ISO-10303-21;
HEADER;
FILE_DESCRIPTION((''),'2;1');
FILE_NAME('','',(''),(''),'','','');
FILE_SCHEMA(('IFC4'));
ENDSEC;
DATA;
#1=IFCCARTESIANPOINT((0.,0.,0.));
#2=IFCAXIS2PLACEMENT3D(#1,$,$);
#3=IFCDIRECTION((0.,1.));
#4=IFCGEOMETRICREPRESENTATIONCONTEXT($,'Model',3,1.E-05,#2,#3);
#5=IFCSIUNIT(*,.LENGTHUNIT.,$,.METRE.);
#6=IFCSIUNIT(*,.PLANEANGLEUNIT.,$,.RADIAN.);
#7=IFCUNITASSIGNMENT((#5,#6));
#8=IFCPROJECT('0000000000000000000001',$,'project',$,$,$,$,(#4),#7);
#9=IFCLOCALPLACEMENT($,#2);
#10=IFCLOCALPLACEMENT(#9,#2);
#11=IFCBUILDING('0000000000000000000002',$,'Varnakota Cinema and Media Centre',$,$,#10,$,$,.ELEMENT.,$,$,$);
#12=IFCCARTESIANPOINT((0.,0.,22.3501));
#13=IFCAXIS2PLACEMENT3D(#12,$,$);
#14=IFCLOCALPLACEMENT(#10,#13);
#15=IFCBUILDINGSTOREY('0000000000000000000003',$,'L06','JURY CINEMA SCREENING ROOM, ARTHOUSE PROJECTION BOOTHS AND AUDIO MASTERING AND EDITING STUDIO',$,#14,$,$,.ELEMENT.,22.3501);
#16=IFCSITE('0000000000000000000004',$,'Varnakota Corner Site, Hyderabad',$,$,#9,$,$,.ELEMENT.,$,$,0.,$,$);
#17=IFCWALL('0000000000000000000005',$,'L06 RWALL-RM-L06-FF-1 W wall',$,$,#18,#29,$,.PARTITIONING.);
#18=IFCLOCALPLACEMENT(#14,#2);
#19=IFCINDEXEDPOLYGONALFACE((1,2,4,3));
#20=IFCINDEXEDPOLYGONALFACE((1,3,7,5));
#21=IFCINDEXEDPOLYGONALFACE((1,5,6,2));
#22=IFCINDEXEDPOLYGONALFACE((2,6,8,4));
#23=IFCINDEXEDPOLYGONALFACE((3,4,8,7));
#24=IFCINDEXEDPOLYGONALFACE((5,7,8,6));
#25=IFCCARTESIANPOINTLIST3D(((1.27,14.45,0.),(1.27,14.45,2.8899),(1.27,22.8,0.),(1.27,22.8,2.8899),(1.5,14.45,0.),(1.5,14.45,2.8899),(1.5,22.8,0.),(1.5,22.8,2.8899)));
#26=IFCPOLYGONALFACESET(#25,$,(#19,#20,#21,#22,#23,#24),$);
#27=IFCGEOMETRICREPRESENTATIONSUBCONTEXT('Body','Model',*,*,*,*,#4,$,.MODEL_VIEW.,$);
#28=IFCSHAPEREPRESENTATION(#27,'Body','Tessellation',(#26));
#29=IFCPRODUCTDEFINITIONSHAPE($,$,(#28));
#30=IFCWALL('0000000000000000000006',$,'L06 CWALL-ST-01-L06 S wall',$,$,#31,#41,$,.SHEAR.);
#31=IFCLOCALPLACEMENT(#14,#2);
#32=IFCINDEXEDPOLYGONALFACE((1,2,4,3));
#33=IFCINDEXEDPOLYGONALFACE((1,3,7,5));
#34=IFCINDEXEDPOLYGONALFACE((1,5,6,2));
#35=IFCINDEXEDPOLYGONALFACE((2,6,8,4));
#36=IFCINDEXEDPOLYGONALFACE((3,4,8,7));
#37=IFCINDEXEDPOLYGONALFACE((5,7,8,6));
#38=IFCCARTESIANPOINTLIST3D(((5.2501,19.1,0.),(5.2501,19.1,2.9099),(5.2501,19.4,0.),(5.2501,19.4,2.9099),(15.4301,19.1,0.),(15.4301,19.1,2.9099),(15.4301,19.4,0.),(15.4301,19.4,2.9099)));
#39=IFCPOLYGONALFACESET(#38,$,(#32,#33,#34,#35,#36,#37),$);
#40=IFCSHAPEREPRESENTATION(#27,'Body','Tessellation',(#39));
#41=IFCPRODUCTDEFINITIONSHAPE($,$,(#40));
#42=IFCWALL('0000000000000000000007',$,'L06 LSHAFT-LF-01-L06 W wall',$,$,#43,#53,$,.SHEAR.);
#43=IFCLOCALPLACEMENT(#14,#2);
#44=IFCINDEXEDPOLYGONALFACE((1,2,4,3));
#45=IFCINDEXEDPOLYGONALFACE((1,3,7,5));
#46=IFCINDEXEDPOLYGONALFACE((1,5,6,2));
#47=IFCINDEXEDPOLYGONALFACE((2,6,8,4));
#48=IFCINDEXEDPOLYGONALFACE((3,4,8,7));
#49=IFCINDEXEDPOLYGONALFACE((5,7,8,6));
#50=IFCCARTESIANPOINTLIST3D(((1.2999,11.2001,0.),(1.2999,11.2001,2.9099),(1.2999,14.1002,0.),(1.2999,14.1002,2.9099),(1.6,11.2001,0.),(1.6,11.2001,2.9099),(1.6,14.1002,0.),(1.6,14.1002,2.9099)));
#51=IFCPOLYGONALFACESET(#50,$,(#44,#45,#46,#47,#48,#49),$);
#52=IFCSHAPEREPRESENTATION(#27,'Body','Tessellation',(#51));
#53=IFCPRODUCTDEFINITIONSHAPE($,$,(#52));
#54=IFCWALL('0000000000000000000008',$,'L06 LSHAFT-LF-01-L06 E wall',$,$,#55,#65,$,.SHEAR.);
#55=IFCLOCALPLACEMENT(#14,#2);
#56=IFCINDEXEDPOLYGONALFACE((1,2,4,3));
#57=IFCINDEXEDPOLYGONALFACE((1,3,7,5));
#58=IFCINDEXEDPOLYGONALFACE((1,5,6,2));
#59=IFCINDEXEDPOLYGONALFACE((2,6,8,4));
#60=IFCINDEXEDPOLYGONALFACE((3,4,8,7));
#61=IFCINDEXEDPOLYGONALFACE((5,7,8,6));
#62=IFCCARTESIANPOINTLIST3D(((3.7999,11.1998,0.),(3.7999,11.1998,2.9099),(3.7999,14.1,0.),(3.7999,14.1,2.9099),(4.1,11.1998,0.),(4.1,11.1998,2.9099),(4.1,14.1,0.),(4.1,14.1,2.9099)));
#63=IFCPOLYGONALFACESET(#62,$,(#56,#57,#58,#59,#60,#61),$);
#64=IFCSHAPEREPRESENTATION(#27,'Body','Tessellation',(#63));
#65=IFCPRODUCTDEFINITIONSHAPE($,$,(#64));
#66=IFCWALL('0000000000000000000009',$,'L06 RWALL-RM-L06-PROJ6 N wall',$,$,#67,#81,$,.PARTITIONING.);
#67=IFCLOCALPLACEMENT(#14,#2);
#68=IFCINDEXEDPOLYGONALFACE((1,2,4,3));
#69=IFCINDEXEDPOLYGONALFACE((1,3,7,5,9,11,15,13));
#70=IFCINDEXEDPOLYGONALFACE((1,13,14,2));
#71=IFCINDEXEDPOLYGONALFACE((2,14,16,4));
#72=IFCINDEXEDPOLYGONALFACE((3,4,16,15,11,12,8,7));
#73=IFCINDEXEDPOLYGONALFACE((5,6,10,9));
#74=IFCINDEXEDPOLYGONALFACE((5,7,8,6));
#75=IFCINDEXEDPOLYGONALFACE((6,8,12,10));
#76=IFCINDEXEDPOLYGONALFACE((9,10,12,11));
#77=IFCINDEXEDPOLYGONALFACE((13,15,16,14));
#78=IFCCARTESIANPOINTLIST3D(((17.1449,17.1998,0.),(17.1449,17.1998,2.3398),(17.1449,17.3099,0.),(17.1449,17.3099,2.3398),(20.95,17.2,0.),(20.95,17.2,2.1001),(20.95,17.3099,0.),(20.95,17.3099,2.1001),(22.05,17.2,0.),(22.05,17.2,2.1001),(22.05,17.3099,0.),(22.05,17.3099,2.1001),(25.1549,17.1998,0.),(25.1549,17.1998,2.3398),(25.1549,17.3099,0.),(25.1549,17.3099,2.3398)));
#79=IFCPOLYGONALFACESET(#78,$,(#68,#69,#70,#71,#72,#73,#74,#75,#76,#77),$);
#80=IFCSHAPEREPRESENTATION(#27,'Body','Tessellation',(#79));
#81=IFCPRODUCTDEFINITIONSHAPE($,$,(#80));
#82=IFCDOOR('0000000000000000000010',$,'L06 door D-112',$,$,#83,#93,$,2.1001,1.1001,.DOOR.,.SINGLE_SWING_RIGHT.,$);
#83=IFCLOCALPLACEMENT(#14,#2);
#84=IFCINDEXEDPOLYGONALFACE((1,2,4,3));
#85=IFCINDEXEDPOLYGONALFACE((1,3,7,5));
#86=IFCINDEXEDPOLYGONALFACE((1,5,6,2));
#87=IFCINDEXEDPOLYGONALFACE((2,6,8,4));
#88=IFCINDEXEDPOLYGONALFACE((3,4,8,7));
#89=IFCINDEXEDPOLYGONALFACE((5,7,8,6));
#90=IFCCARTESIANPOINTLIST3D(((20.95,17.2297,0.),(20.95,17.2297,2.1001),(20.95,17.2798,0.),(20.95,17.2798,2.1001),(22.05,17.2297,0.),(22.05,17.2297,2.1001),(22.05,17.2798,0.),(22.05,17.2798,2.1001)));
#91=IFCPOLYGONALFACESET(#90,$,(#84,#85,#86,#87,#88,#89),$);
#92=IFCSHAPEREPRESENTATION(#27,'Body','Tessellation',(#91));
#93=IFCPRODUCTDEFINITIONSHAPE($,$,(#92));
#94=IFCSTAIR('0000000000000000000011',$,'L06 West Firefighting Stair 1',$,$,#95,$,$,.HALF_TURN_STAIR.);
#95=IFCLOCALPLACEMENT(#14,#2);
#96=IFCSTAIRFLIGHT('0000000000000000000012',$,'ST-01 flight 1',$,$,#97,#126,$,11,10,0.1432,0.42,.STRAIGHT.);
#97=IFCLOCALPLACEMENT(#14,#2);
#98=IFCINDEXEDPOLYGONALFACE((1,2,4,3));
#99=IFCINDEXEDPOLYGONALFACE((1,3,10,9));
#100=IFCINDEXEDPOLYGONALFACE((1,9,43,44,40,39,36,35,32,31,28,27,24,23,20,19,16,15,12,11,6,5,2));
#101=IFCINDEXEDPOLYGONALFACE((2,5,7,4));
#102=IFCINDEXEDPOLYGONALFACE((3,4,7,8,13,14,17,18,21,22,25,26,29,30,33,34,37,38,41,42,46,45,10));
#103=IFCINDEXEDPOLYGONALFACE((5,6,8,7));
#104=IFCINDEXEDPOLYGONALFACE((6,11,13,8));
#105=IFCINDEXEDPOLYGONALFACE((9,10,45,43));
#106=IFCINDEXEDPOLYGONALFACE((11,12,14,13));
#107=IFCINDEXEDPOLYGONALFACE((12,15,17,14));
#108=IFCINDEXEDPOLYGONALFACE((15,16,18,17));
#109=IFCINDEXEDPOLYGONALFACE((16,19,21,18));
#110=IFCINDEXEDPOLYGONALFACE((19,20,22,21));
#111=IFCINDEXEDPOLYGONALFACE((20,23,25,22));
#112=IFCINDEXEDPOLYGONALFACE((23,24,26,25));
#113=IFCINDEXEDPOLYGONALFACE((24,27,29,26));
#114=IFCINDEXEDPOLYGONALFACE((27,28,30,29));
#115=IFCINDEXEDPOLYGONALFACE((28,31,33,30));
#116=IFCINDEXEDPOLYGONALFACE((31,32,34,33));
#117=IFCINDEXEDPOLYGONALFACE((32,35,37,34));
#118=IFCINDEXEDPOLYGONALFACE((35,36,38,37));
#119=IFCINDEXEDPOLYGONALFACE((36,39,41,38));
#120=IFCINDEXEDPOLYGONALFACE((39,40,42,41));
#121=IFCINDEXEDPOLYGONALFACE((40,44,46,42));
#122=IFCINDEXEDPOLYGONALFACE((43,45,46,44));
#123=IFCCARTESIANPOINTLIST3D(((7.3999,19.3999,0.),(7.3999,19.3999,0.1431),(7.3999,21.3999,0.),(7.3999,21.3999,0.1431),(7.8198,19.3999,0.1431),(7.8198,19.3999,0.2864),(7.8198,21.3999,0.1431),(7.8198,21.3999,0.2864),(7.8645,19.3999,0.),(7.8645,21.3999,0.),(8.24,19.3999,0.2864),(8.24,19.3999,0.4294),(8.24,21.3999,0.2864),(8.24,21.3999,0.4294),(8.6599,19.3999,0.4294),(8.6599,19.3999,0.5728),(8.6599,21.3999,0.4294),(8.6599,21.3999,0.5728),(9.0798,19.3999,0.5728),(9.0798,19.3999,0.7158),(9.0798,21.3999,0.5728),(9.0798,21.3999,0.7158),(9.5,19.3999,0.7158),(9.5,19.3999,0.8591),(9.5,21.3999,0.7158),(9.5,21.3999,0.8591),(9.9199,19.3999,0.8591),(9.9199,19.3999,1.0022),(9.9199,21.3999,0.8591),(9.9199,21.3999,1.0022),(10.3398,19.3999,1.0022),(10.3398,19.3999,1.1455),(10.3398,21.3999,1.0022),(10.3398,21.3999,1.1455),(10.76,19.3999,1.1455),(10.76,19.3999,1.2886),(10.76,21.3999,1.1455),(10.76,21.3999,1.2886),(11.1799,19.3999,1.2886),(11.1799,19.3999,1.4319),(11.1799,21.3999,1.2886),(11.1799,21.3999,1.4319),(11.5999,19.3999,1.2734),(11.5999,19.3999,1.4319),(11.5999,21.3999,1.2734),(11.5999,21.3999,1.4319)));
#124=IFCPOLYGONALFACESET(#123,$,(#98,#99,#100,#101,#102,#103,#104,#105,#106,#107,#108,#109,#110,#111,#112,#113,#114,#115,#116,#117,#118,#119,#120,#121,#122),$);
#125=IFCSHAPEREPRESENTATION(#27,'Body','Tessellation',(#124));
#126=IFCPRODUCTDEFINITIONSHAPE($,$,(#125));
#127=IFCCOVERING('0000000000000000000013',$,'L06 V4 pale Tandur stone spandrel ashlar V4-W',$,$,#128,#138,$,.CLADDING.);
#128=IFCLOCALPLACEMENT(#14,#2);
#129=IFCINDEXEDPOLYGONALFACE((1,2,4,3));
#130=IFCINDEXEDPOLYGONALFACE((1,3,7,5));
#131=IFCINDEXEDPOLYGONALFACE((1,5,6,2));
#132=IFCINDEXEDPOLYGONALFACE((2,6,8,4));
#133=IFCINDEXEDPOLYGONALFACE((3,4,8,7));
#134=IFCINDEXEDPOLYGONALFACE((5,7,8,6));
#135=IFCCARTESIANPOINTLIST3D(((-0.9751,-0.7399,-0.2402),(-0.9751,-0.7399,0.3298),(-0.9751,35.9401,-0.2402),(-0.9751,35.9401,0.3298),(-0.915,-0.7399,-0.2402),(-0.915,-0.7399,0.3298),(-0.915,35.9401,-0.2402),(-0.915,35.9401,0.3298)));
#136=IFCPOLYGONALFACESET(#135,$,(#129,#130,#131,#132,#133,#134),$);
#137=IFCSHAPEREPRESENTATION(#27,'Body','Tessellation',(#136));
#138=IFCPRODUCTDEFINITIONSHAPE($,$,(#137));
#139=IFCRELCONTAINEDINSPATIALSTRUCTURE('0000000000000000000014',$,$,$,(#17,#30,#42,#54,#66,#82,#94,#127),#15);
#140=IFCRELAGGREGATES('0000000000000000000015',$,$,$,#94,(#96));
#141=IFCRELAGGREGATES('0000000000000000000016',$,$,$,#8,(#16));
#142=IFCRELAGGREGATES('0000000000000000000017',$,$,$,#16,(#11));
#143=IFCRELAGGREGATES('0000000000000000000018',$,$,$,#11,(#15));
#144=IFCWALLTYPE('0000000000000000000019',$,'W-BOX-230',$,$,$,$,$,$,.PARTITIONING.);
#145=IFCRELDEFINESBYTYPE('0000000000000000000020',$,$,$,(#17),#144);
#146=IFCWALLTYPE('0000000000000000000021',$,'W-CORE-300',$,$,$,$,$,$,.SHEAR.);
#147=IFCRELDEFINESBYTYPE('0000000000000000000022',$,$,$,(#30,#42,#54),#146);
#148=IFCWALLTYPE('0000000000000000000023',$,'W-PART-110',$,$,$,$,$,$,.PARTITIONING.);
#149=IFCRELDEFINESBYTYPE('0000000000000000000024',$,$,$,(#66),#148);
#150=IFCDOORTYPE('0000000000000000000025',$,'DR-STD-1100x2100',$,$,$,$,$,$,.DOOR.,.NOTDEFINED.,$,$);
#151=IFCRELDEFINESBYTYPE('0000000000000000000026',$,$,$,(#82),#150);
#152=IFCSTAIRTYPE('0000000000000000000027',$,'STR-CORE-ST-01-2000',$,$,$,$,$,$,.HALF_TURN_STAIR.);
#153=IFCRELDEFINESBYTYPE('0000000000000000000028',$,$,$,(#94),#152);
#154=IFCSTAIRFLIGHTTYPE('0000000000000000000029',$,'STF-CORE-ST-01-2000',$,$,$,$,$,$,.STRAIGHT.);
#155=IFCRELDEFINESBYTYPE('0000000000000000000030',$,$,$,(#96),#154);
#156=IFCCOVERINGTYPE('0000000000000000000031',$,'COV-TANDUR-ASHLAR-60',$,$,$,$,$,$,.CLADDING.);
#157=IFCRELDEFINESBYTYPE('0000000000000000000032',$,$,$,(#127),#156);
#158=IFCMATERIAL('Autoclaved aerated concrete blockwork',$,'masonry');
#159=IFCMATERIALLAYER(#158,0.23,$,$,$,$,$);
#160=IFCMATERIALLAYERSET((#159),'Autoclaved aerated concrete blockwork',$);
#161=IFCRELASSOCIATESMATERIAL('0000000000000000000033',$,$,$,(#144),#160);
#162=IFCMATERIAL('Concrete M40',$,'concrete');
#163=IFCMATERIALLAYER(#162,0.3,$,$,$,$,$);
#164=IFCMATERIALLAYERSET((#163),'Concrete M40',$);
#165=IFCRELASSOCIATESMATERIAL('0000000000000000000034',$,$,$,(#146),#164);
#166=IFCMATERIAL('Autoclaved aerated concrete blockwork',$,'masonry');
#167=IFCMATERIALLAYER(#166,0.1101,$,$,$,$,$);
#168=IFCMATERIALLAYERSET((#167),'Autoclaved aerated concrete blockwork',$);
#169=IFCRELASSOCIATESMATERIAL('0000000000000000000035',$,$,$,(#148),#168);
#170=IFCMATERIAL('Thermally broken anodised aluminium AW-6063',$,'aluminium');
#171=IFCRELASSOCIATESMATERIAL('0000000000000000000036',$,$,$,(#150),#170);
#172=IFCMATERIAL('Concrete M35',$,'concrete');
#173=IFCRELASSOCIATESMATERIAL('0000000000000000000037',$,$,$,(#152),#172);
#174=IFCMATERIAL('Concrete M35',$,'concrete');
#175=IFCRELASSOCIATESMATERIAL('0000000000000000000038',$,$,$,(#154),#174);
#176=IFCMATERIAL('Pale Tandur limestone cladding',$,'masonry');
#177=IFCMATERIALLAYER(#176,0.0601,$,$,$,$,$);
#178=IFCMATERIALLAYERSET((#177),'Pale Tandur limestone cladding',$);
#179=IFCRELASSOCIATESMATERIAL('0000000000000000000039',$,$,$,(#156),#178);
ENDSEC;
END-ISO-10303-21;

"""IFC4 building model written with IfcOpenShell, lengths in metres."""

from ifc_helpers import new_model, si_unit, direction, frame, frame_2d, origin, origin_2d, place, context, subcontext, project, spatial, polyline, rectangle, outline, extrude, material, layer, layer_set, type_object, element, fill, aggregate, save


model = new_model("IFC4")

# Units and contexts
model_context = context("Model", 3, precision=1e-05, world=origin(), true_north=direction((0.0, 1.0)))
body_context = subcontext(model_context, "Body", "Model", "MODEL_VIEW")
ifc_project = project(units=[si_unit("LENGTHUNIT", "METRE"), si_unit("PLANEANGLEUNIT", "RADIAN")], contexts=[model_context])

# Site, building, storey
site_placement = place(None, origin())
site = spatial("IfcSite", under=ifc_project, at=site_placement, Name="Varnakota Corner Site, Hyderabad", CompositionType="ELEMENT", RefElevation=0.0)
building_placement = place(site_placement, origin())
building = spatial("IfcBuilding", under=site, at=building_placement, Name="Varnakota Cinema and Media Centre", CompositionType="ELEMENT")
storey_placement = place(building_placement, frame((0.0, 0.0, 22.3501)))
storey = spatial("IfcBuildingStorey", under=building, at=storey_placement, Name="L06", Description="JURY CINEMA SCREENING ROOM, ARTHOUSE PROJECTION BOOTHS AND AUDIO MASTERING AND EDITING STUDIO", CompositionType="ELEMENT", Elevation=22.3501)

# Walls
ifc_material_1 = material(Name="Autoclaved aerated concrete blockwork", Category="masonry")
ifc_layer_1 = layer(ifc_material_1, 0.23)
ifc_layer_set_1 = layer_set([ifc_layer_1], Name="Autoclaved aerated concrete blockwork")
wall_type_1 = type_object("IfcWallType", Name="W-BOX-230", PredefinedType="PARTITIONING", material=ifc_layer_set_1)
wall_1_placement = place(storey_placement, frame((1.385, 14.45, 0.0), z_axis=(0.0, 0.0, 1.0), x_axis=(0.0, 1.0, 0.0)))
element("IfcWall", 1, at=wall_1_placement, inside=storey, type_object=wall_type_1, Name="L06 RWALL-RM-L06-FF-1 W wall", PredefinedType="PARTITIONING", context=body_context, shape_type="SweptSolid", body=[
    extrude(rectangle(XDim=8.3501, YDim=0.23, at=frame_2d((4.175, 0.0))), origin(), (0.0, 0.0, 1.0), 2.8899),
])
ifc_material_2 = material(Name="Concrete M40", Category="concrete")
ifc_layer_2 = layer(ifc_material_2, 0.3)
ifc_layer_set_2 = layer_set([ifc_layer_2], Name="Concrete M40")
wall_type_2 = type_object("IfcWallType", Name="W-CORE-300", PredefinedType="SHEAR", material=ifc_layer_set_2)
wall_2_placement = place(storey_placement, frame((15.4299, 19.25, 0.0), z_axis=(0.0, 0.0, 1.0), x_axis=(-1.0, 0.0, 0.0)))
element("IfcWall", 2, at=wall_2_placement, inside=storey, type_object=wall_type_2, Name="L06 CWALL-ST-01-L06 S wall", PredefinedType="SHEAR", context=body_context, shape_type="SweptSolid", body=[
    extrude(rectangle(XDim=10.1799, YDim=0.3, at=frame_2d((5.0898, 0.0))), origin(), (0.0, 0.0, 1.0), 2.9099),
])

# Wall
wall_3_placement = place(storey_placement, frame((1.45, 11.2, 0.0), z_axis=(0.0, 0.0, 1.0), x_axis=(0.0, 1.0, 0.0)))
element("IfcWall", 3, at=wall_3_placement, inside=storey, type_object=wall_type_2, Name="L06 LSHAFT-LF-01-L06 W wall", PredefinedType="SHEAR", context=body_context, shape_type="SweptSolid", body=[
    extrude(rectangle(XDim=2.9001, YDim=0.3, at=frame_2d((1.4502, 0.0))), origin(), (0.0, 0.0, 1.0), 2.9099),
])

# Wall
wall_4_placement = place(storey_placement, frame((3.95, 14.1001, 0.0), z_axis=(0.0, 0.0, 1.0), x_axis=(0.0, -1.0, 0.0)))
element("IfcWall", 4, at=wall_4_placement, inside=storey, type_object=wall_type_2, Name="L06 LSHAFT-LF-01-L06 E wall", PredefinedType="SHEAR", context=body_context, shape_type="SweptSolid", body=[
    extrude(rectangle(XDim=2.9001, YDim=0.3, at=frame_2d((1.4502, 0.0))), origin(), (0.0, 0.0, 1.0), 2.9099),
])

# Wall, opening, door
ifc_material_3 = material(Name="Autoclaved aerated concrete blockwork", Category="masonry")
ifc_layer_3 = layer(ifc_material_3, 0.1101)
ifc_layer_set_3 = layer_set([ifc_layer_3], Name="Autoclaved aerated concrete blockwork")
wall_type_3 = type_object("IfcWallType", Name="W-PART-110", PredefinedType="PARTITIONING", material=ifc_layer_set_3)
wall_5_placement = place(storey_placement, frame((17.145, 17.2549, 0.0), z_axis=(0.0, 0.0, 1.0), x_axis=(1.0, 0.0, 0.0)))
wall_5 = element("IfcWall", 5, at=wall_5_placement, inside=storey, type_object=wall_type_3, Name="L06 RWALL-RM-L06-PROJ6 N wall", PredefinedType="PARTITIONING", context=body_context, shape_type="SweptSolid", body=[
    extrude(rectangle(XDim=8.01, YDim=0.1101, at=frame_2d((4.0049, 0.0))), origin(), (0.0, 0.0, 1.0), 2.3398),
])
opening_1_placement = place(wall_5_placement, frame((3.8049, 0.0, 0.0)))
opening_1 = element("IfcOpeningElement", 6, at=opening_1_placement, cuts=wall_5, PredefinedType="OPENING", context=body_context, shape_type="SweptSolid", body=[
    extrude(rectangle(XDim=1.1001, YDim=2.1001, at=frame_2d((0.55, 1.05))), frame((0.0, 0.0552, 0.0), z_axis=(0.0, -1.0, 0.0), x_axis=(1.0, 0.0, 0.0)), (0.0, 0.0, 1.0), 0.1101),
])
ifc_material_4 = material(Name="Thermally broken anodised aluminium AW-6063", Category="aluminium")
door_type_1 = type_object("IfcDoorType", Name="DR-STD-1100x2100", OperationType="NOTDEFINED", PredefinedType="DOOR", material=ifc_material_4)
door_1_placement = place(opening_1_placement, origin())
door_1 = element("IfcDoor", 7, at=door_1_placement, inside=storey, type_object=door_type_1, Name="L06 door D-112", OperationType="SINGLE_SWING_RIGHT", OverallHeight=2.1001, OverallWidth=1.1001, PredefinedType="DOOR", context=body_context, shape_type="SweptSolid", body=[
    extrude(rectangle(XDim=1.1001, YDim=2.1001, at=frame_2d((0.55, 1.05))), frame((0.0, 0.0249, 0.0), z_axis=(0.0, -1.0, 0.0), x_axis=(1.0, 0.0, 0.0)), (0.0, 0.0, 1.0), 0.05),
])
fill(opening_1, door_1)

# Stair, stair flight
ifc_material_5 = material(Name="Concrete M35", Category="concrete")
stair_type = type_object("IfcStairType", Name="STR-CORE-ST-01-2000", PredefinedType="HALF_TURN_STAIR", material=ifc_material_5)
stair_placement = place(storey_placement, origin())
stair = element("IfcStair", 8, at=stair_placement, inside=storey, type_object=stair_type, Name="L06 West Firefighting Stair 1", PredefinedType="HALF_TURN_STAIR")
ifc_material_6 = material(Name="Concrete M35", Category="concrete")
stair_flight_type = type_object("IfcStairFlightType", Name="STF-CORE-ST-01-2000", PredefinedType="STRAIGHT", material=ifc_material_6)
stair_flight_placement = place(storey_placement, frame((7.3999, 20.3999, 0.0), z_axis=(0.0, 0.0, 1.0), x_axis=(1.0, 0.0, 0.0)))
stair_flight = element("IfcStairFlight", 9, at=stair_flight_placement, type_object=stair_flight_type, Name="ST-01 flight 1", NumberOfRisers=11, NumberOfTreads=10, PredefinedType="STRAIGHT", RiserHeight=0.1432, TreadLength=0.42, context=body_context, shape_type="SweptSolid", body=[
    extrude(outline(polyline([(0.0, 0.0), (0.0, 0.1431), (0.4199, 0.1431), (0.4199, 0.2864), (0.8401, 0.2864), (0.8401, 0.4294), (1.26, 0.4294), (1.26, 0.5728), (1.6799, 0.5728), (1.6799, 0.7158), (2.1001, 0.7158), (2.1001, 0.8591), (2.52, 0.8591), (2.52, 1.0022), (2.9399, 1.0022), (2.9399, 1.1455), (3.3601, 1.1455), (3.3601, 1.2886), (3.78, 1.2886), (3.78, 1.4319), (4.2, 1.4319), (4.2, 1.575), (4.2, 1.2734), (0.4646, 0.0), (0.0, 0.0)])), frame((0.0, 1.0, 0.0), z_axis=(0.0, -1.0, 0.0), x_axis=(1.0, 0.0, 0.0)), (0.0, 0.0, 1.0), 2.0),
])
aggregate(stair, [stair_flight])

# Covering
ifc_material_7 = material(Name="Pale Tandur limestone cladding", Category="masonry")
ifc_layer_4 = layer(ifc_material_7, 0.0601)
ifc_layer_set_4 = layer_set([ifc_layer_4], Name="Pale Tandur limestone cladding")
covering_type = type_object("IfcCoveringType", Name="COV-TANDUR-ASHLAR-60", PredefinedType="CLADDING", material=ifc_layer_set_4)
covering_placement = place(storey_placement, frame((-0.9451, 17.6001, -0.2402), z_axis=(0.0, 0.0, 1.0), x_axis=(0.0, 1.0, 0.0)))
element("IfcCovering", 10, at=covering_placement, inside=storey, type_object=covering_type, Name="L06 V4 pale Tandur stone spandrel ashlar V4-W", PredefinedType="CLADDING", context=body_context, shape_type="SweptSolid", body=[
    extrude(rectangle(XDim=36.6799, YDim=0.0601, at=origin_2d()), origin(), (0.0, 0.0, 1.0), 0.5701),
])

save(model, "model.ifc")
